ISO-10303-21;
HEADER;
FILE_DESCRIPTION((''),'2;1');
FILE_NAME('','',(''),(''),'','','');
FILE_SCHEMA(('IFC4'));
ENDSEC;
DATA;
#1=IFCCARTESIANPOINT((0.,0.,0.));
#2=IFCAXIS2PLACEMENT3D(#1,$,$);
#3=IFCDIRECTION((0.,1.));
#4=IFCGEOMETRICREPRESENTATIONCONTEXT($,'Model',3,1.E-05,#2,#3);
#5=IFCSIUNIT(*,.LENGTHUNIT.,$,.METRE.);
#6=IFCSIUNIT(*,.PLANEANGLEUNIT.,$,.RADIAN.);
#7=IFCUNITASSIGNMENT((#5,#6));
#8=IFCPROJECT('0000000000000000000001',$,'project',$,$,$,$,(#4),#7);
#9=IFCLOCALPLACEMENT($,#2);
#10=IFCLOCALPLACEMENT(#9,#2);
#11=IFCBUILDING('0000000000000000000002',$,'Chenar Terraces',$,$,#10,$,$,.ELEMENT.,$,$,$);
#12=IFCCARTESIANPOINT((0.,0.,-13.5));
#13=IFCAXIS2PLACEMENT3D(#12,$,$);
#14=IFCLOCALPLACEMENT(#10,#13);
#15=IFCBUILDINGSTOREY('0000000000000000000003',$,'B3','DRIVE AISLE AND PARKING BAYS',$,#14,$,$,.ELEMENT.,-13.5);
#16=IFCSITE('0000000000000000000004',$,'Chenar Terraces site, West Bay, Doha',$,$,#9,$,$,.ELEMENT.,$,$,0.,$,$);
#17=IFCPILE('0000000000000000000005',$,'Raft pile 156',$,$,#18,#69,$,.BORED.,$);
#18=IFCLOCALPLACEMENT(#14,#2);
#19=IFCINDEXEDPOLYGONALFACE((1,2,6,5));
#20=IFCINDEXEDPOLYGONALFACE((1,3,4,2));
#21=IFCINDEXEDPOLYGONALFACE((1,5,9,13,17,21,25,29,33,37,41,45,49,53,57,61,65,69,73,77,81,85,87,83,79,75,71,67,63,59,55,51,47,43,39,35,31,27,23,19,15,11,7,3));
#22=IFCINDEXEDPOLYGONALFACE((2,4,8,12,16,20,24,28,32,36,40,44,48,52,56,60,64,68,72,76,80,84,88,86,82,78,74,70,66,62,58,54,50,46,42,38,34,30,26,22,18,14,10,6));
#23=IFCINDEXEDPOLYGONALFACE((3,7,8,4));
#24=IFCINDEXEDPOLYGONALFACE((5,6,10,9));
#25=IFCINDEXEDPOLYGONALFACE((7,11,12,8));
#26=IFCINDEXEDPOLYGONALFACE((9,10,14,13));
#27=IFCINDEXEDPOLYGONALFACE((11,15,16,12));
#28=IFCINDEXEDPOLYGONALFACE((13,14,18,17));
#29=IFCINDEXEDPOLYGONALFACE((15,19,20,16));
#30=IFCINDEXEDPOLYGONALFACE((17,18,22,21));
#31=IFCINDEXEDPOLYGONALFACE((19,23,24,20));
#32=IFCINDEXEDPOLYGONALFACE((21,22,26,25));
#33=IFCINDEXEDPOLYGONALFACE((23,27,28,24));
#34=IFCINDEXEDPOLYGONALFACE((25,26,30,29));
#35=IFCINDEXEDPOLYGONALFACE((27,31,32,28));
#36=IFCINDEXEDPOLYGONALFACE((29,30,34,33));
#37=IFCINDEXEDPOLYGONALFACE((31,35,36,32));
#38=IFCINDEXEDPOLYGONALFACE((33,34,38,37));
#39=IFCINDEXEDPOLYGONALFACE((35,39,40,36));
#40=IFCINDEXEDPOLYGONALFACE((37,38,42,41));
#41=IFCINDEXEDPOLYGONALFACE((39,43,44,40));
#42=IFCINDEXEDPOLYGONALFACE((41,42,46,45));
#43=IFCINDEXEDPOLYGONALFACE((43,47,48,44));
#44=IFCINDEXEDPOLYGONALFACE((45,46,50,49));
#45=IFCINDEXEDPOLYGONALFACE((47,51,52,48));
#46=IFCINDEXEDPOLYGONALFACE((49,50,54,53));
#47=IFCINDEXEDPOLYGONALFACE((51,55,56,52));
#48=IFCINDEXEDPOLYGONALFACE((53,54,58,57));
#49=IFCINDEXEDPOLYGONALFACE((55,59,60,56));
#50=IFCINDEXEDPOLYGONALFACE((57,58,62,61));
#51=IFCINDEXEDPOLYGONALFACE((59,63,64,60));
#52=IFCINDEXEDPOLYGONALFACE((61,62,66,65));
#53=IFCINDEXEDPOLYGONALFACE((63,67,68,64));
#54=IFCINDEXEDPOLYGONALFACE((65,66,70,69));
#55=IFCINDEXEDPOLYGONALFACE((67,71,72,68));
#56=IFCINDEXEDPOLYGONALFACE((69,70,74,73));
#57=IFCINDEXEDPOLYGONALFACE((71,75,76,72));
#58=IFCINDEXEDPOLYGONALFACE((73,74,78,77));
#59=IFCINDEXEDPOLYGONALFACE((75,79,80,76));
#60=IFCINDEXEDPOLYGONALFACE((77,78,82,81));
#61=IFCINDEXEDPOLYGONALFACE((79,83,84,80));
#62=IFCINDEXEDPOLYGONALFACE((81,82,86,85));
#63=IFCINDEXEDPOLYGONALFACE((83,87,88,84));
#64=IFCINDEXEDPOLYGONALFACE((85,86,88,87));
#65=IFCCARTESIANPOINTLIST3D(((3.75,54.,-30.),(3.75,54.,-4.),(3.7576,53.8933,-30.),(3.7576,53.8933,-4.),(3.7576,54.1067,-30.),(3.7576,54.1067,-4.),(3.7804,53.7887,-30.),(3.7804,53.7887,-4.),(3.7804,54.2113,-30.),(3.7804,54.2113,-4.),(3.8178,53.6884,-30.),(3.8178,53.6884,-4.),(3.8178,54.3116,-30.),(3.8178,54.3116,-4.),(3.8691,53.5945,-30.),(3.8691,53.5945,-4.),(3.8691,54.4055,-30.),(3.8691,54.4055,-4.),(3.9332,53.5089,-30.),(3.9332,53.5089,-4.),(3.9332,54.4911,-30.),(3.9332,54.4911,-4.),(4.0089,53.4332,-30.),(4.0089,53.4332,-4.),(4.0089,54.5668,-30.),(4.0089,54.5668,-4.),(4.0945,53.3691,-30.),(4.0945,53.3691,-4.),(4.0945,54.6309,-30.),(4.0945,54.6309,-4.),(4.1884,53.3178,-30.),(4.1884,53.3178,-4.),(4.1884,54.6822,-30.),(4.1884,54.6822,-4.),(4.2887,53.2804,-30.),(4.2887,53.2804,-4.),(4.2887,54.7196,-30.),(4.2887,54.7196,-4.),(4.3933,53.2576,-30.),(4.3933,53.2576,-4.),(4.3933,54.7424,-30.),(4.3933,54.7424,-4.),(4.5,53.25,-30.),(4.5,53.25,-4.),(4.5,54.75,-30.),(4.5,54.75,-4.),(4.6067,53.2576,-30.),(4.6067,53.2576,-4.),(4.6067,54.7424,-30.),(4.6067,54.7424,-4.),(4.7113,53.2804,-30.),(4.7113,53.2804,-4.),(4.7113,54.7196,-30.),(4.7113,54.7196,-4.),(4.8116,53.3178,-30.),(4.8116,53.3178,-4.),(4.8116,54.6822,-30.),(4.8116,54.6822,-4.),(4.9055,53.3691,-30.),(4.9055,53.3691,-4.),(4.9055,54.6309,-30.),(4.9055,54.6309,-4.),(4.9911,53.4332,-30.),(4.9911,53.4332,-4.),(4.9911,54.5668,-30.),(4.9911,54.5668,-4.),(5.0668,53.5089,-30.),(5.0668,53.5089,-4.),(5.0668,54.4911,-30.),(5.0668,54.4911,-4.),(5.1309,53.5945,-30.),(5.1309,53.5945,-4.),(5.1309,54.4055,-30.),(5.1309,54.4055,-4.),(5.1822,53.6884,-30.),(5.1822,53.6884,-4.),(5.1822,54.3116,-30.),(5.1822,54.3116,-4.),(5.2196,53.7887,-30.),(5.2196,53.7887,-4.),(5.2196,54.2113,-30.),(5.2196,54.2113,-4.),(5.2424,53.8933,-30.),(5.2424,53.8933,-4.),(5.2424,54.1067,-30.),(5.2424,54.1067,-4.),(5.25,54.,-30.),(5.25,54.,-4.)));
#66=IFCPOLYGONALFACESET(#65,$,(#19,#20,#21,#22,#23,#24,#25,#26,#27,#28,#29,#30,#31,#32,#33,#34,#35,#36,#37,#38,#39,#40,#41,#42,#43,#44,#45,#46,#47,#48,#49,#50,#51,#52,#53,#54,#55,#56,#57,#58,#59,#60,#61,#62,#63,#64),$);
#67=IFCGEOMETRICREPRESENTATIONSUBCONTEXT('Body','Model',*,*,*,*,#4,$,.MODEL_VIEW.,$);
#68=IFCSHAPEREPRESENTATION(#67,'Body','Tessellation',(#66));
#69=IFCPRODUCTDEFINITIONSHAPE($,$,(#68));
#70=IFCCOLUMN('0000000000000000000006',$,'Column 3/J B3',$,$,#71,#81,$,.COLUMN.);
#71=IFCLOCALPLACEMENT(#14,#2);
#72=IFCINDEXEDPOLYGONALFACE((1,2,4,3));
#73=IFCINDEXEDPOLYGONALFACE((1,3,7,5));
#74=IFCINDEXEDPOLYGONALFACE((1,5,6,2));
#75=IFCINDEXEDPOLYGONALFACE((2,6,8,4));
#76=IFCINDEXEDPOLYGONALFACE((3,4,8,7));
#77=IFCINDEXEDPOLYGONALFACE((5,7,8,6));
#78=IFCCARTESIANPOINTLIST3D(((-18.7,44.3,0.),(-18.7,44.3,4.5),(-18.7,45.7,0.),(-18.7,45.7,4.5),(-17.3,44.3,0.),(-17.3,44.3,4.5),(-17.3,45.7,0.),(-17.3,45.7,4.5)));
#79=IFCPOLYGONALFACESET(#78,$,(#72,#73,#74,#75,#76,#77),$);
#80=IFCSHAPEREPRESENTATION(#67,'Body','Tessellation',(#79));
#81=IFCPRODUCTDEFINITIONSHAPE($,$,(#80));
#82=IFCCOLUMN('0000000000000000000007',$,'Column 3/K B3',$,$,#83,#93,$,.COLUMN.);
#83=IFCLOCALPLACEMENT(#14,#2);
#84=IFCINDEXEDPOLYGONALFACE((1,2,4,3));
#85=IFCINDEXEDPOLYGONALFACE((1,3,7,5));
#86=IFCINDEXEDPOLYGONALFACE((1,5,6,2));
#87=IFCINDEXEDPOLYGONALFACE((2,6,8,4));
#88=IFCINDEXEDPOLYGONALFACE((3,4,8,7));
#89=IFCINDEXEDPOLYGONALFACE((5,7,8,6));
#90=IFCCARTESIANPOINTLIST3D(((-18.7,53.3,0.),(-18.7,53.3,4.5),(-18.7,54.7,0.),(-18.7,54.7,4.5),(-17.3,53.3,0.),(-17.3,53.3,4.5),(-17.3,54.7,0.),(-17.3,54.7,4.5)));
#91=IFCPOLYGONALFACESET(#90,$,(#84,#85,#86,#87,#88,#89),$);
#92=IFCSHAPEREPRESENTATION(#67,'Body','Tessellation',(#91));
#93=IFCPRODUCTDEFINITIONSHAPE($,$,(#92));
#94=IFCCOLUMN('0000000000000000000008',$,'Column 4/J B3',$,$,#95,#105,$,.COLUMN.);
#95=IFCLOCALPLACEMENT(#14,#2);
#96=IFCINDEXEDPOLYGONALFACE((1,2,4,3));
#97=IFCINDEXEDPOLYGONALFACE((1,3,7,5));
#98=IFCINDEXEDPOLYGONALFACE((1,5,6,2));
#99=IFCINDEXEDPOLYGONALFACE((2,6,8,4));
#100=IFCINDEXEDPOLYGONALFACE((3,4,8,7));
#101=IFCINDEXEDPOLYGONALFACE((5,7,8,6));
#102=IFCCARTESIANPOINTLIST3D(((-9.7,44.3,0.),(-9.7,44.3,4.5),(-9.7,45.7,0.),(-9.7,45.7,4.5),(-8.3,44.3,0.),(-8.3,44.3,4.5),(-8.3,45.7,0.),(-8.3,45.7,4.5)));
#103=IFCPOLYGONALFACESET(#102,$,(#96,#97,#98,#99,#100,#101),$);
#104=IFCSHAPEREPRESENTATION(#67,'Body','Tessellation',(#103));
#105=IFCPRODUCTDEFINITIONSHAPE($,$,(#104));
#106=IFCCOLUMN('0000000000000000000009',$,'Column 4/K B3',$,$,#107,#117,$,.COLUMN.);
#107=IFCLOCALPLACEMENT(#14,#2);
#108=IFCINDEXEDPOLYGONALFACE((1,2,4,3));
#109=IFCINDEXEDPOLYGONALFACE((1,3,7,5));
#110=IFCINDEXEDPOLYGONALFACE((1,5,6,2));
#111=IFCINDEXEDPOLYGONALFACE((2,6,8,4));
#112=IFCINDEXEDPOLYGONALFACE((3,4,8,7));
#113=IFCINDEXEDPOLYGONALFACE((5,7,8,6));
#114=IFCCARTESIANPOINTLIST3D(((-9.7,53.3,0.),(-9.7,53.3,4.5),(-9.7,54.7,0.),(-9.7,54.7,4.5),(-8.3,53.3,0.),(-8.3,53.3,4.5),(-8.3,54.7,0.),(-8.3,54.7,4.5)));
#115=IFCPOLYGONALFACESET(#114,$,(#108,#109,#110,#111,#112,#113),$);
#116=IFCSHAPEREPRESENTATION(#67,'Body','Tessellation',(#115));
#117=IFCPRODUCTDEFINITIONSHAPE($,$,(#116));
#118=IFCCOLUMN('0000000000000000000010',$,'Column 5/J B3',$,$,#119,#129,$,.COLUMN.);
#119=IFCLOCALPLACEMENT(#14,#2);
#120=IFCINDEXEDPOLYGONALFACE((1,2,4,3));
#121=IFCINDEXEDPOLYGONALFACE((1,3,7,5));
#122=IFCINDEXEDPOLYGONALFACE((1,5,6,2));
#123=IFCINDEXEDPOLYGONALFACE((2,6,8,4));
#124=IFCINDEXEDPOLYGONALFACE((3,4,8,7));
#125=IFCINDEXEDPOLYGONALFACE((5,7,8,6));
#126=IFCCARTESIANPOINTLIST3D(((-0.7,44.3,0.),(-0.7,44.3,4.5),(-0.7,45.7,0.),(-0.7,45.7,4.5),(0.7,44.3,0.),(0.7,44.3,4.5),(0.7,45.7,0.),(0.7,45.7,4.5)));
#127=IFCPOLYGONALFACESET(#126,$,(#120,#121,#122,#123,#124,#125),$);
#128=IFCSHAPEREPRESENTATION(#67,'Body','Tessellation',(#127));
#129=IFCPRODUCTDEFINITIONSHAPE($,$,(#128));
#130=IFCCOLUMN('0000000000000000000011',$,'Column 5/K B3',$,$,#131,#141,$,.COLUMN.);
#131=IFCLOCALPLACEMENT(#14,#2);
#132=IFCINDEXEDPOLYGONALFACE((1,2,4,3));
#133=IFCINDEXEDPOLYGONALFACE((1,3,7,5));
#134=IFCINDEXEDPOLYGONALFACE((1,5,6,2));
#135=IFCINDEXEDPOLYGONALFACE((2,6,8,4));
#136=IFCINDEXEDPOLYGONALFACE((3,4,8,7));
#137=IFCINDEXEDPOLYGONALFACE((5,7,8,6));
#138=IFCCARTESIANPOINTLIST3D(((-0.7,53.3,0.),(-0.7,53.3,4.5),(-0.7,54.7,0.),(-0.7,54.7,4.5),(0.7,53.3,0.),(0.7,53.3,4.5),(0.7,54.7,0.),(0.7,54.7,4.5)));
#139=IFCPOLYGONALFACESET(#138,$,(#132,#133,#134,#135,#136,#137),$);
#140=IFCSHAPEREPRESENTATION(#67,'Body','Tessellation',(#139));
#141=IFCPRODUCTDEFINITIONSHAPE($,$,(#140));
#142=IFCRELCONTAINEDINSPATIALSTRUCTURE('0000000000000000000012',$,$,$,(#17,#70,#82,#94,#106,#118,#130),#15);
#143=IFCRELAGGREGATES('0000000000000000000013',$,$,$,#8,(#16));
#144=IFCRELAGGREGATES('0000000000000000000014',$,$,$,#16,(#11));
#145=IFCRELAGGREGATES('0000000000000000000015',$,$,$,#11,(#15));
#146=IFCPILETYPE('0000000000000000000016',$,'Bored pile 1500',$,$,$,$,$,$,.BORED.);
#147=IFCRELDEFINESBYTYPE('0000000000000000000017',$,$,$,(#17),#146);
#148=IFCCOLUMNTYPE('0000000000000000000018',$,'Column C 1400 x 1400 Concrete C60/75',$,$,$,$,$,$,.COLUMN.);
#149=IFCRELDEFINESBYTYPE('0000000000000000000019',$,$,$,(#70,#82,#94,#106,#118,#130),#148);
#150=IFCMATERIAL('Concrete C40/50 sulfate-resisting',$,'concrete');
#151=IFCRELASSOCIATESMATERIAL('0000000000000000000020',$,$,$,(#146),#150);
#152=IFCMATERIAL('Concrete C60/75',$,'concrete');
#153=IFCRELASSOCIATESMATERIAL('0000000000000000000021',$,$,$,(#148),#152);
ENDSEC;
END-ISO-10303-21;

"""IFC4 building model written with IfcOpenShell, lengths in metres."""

from ifc_helpers import new_model, si_unit, direction, frame, origin, origin_2d, place, context, subcontext, project, spatial, rectangle, circle, extrude, material, material_profile, profile_set, type_object, element, save


model = new_model("IFC4")

# Units and contexts
model_context = context("Model", 3, precision=1e-05, world=origin(), true_north=direction((0.0, 1.0)))
body_context = subcontext(model_context, "Body", "Model", "MODEL_VIEW")
ifc_project = project(units=[si_unit("LENGTHUNIT", "METRE"), si_unit("PLANEANGLEUNIT", "RADIAN")], contexts=[model_context])

# Site, building, storey
site_placement = place(None, origin())
site = spatial("IfcSite", under=ifc_project, at=site_placement, Name="Chenar Terraces site, West Bay, Doha", CompositionType="ELEMENT", RefElevation=0.0)
building_placement = place(site_placement, origin())
building = spatial("IfcBuilding", under=site, at=building_placement, Name="Chenar Terraces", CompositionType="ELEMENT")
storey_placement = place(building_placement, frame((0.0, 0.0, -13.5)))
storey = spatial("IfcBuildingStorey", under=building, at=storey_placement, Name="B3", Description="DRIVE AISLE AND PARKING BAYS", CompositionType="ELEMENT", Elevation=-13.5)

# Pile
ifc_material_1 = material(Name="Concrete C40/50 sulfate-resisting", Category="concrete")
ifc_material_profile_1 = material_profile(ifc_material_1, circle(Radius=0.75, at=origin_2d()), Name="BP 1500")
ifc_profile_set_1 = profile_set([ifc_material_profile_1], Name="Concrete C40/50 sulfate-resisting")
pile_type_1 = type_object("IfcPileType", Name="Bored pile 1500", PredefinedType="BORED", material=ifc_profile_set_1)
pile_1_placement = place(storey_placement, frame((4.5, 54.0, -4.0), z_axis=(0.0, 0.0, -1.0), x_axis=(1.0, 0.0, 0.0)))
element("IfcPile", 1, at=pile_1_placement, inside=storey, type_object=pile_type_1, Name="Raft pile 156", PredefinedType="BORED", context=body_context, shape_type="SweptSolid", body=[
    extrude(circle(Radius=0.75, at=origin_2d()), origin(), (0.0, 0.0, 1.0), 26.0),
])

# Columns
ifc_material_2 = material(Name="Concrete C60/75", Category="concrete")
ifc_material_profile_2 = material_profile(ifc_material_2, rectangle(XDim=1.3999, YDim=1.3999, at=origin_2d()), Name="C 1400 x 1400")
ifc_profile_set_2 = profile_set([ifc_material_profile_2], Name="Concrete C60/75")
column_type = type_object("IfcColumnType", Name="Column C 1400 x 1400 Concrete C60/75", PredefinedType="COLUMN", material=ifc_profile_set_2)
for number, where, z_axis, x_axis, name in (
    (2, (-18.0, 45.0, 0.0), (0.0, 0.0, 1.0), (1.0, 0.0, 0.0), "Column 3/J B3"),
    (3, (-18.0, 54.0, 0.0), (0.0, 0.0, 1.0), (1.0, 0.0, 0.0), "Column 3/K B3"),
    (4, (-9.0, 45.0, 0.0), (0.0, 0.0, 1.0), (1.0, 0.0, 0.0), "Column 4/J B3"),
    (5, (-9.0, 54.0, 0.0), (0.0, 0.0, 1.0), (1.0, 0.0, 0.0), "Column 4/K B3"),
    (6, (0.0, 45.0, 0.0), (0.0, 0.0, 1.0), (1.0, 0.0, 0.0), "Column 5/J B3"),
    (7, (0.0, 54.0, 0.0), (0.0, 0.0, 1.0), (1.0, 0.0, 0.0), "Column 5/K B3"),
):
    element("IfcColumn", number, at=place(storey_placement, frame(where, z_axis=z_axis, x_axis=x_axis)), inside=storey, type_object=column_type, Name=name, PredefinedType="COLUMN", context=body_context, shape_type="SweptSolid", body=[
        extrude(rectangle(XDim=1.3999, YDim=1.3999, at=origin_2d()), origin(), (0.0, 0.0, 1.0), 4.5),
    ])

save(model, "model.ifc")
